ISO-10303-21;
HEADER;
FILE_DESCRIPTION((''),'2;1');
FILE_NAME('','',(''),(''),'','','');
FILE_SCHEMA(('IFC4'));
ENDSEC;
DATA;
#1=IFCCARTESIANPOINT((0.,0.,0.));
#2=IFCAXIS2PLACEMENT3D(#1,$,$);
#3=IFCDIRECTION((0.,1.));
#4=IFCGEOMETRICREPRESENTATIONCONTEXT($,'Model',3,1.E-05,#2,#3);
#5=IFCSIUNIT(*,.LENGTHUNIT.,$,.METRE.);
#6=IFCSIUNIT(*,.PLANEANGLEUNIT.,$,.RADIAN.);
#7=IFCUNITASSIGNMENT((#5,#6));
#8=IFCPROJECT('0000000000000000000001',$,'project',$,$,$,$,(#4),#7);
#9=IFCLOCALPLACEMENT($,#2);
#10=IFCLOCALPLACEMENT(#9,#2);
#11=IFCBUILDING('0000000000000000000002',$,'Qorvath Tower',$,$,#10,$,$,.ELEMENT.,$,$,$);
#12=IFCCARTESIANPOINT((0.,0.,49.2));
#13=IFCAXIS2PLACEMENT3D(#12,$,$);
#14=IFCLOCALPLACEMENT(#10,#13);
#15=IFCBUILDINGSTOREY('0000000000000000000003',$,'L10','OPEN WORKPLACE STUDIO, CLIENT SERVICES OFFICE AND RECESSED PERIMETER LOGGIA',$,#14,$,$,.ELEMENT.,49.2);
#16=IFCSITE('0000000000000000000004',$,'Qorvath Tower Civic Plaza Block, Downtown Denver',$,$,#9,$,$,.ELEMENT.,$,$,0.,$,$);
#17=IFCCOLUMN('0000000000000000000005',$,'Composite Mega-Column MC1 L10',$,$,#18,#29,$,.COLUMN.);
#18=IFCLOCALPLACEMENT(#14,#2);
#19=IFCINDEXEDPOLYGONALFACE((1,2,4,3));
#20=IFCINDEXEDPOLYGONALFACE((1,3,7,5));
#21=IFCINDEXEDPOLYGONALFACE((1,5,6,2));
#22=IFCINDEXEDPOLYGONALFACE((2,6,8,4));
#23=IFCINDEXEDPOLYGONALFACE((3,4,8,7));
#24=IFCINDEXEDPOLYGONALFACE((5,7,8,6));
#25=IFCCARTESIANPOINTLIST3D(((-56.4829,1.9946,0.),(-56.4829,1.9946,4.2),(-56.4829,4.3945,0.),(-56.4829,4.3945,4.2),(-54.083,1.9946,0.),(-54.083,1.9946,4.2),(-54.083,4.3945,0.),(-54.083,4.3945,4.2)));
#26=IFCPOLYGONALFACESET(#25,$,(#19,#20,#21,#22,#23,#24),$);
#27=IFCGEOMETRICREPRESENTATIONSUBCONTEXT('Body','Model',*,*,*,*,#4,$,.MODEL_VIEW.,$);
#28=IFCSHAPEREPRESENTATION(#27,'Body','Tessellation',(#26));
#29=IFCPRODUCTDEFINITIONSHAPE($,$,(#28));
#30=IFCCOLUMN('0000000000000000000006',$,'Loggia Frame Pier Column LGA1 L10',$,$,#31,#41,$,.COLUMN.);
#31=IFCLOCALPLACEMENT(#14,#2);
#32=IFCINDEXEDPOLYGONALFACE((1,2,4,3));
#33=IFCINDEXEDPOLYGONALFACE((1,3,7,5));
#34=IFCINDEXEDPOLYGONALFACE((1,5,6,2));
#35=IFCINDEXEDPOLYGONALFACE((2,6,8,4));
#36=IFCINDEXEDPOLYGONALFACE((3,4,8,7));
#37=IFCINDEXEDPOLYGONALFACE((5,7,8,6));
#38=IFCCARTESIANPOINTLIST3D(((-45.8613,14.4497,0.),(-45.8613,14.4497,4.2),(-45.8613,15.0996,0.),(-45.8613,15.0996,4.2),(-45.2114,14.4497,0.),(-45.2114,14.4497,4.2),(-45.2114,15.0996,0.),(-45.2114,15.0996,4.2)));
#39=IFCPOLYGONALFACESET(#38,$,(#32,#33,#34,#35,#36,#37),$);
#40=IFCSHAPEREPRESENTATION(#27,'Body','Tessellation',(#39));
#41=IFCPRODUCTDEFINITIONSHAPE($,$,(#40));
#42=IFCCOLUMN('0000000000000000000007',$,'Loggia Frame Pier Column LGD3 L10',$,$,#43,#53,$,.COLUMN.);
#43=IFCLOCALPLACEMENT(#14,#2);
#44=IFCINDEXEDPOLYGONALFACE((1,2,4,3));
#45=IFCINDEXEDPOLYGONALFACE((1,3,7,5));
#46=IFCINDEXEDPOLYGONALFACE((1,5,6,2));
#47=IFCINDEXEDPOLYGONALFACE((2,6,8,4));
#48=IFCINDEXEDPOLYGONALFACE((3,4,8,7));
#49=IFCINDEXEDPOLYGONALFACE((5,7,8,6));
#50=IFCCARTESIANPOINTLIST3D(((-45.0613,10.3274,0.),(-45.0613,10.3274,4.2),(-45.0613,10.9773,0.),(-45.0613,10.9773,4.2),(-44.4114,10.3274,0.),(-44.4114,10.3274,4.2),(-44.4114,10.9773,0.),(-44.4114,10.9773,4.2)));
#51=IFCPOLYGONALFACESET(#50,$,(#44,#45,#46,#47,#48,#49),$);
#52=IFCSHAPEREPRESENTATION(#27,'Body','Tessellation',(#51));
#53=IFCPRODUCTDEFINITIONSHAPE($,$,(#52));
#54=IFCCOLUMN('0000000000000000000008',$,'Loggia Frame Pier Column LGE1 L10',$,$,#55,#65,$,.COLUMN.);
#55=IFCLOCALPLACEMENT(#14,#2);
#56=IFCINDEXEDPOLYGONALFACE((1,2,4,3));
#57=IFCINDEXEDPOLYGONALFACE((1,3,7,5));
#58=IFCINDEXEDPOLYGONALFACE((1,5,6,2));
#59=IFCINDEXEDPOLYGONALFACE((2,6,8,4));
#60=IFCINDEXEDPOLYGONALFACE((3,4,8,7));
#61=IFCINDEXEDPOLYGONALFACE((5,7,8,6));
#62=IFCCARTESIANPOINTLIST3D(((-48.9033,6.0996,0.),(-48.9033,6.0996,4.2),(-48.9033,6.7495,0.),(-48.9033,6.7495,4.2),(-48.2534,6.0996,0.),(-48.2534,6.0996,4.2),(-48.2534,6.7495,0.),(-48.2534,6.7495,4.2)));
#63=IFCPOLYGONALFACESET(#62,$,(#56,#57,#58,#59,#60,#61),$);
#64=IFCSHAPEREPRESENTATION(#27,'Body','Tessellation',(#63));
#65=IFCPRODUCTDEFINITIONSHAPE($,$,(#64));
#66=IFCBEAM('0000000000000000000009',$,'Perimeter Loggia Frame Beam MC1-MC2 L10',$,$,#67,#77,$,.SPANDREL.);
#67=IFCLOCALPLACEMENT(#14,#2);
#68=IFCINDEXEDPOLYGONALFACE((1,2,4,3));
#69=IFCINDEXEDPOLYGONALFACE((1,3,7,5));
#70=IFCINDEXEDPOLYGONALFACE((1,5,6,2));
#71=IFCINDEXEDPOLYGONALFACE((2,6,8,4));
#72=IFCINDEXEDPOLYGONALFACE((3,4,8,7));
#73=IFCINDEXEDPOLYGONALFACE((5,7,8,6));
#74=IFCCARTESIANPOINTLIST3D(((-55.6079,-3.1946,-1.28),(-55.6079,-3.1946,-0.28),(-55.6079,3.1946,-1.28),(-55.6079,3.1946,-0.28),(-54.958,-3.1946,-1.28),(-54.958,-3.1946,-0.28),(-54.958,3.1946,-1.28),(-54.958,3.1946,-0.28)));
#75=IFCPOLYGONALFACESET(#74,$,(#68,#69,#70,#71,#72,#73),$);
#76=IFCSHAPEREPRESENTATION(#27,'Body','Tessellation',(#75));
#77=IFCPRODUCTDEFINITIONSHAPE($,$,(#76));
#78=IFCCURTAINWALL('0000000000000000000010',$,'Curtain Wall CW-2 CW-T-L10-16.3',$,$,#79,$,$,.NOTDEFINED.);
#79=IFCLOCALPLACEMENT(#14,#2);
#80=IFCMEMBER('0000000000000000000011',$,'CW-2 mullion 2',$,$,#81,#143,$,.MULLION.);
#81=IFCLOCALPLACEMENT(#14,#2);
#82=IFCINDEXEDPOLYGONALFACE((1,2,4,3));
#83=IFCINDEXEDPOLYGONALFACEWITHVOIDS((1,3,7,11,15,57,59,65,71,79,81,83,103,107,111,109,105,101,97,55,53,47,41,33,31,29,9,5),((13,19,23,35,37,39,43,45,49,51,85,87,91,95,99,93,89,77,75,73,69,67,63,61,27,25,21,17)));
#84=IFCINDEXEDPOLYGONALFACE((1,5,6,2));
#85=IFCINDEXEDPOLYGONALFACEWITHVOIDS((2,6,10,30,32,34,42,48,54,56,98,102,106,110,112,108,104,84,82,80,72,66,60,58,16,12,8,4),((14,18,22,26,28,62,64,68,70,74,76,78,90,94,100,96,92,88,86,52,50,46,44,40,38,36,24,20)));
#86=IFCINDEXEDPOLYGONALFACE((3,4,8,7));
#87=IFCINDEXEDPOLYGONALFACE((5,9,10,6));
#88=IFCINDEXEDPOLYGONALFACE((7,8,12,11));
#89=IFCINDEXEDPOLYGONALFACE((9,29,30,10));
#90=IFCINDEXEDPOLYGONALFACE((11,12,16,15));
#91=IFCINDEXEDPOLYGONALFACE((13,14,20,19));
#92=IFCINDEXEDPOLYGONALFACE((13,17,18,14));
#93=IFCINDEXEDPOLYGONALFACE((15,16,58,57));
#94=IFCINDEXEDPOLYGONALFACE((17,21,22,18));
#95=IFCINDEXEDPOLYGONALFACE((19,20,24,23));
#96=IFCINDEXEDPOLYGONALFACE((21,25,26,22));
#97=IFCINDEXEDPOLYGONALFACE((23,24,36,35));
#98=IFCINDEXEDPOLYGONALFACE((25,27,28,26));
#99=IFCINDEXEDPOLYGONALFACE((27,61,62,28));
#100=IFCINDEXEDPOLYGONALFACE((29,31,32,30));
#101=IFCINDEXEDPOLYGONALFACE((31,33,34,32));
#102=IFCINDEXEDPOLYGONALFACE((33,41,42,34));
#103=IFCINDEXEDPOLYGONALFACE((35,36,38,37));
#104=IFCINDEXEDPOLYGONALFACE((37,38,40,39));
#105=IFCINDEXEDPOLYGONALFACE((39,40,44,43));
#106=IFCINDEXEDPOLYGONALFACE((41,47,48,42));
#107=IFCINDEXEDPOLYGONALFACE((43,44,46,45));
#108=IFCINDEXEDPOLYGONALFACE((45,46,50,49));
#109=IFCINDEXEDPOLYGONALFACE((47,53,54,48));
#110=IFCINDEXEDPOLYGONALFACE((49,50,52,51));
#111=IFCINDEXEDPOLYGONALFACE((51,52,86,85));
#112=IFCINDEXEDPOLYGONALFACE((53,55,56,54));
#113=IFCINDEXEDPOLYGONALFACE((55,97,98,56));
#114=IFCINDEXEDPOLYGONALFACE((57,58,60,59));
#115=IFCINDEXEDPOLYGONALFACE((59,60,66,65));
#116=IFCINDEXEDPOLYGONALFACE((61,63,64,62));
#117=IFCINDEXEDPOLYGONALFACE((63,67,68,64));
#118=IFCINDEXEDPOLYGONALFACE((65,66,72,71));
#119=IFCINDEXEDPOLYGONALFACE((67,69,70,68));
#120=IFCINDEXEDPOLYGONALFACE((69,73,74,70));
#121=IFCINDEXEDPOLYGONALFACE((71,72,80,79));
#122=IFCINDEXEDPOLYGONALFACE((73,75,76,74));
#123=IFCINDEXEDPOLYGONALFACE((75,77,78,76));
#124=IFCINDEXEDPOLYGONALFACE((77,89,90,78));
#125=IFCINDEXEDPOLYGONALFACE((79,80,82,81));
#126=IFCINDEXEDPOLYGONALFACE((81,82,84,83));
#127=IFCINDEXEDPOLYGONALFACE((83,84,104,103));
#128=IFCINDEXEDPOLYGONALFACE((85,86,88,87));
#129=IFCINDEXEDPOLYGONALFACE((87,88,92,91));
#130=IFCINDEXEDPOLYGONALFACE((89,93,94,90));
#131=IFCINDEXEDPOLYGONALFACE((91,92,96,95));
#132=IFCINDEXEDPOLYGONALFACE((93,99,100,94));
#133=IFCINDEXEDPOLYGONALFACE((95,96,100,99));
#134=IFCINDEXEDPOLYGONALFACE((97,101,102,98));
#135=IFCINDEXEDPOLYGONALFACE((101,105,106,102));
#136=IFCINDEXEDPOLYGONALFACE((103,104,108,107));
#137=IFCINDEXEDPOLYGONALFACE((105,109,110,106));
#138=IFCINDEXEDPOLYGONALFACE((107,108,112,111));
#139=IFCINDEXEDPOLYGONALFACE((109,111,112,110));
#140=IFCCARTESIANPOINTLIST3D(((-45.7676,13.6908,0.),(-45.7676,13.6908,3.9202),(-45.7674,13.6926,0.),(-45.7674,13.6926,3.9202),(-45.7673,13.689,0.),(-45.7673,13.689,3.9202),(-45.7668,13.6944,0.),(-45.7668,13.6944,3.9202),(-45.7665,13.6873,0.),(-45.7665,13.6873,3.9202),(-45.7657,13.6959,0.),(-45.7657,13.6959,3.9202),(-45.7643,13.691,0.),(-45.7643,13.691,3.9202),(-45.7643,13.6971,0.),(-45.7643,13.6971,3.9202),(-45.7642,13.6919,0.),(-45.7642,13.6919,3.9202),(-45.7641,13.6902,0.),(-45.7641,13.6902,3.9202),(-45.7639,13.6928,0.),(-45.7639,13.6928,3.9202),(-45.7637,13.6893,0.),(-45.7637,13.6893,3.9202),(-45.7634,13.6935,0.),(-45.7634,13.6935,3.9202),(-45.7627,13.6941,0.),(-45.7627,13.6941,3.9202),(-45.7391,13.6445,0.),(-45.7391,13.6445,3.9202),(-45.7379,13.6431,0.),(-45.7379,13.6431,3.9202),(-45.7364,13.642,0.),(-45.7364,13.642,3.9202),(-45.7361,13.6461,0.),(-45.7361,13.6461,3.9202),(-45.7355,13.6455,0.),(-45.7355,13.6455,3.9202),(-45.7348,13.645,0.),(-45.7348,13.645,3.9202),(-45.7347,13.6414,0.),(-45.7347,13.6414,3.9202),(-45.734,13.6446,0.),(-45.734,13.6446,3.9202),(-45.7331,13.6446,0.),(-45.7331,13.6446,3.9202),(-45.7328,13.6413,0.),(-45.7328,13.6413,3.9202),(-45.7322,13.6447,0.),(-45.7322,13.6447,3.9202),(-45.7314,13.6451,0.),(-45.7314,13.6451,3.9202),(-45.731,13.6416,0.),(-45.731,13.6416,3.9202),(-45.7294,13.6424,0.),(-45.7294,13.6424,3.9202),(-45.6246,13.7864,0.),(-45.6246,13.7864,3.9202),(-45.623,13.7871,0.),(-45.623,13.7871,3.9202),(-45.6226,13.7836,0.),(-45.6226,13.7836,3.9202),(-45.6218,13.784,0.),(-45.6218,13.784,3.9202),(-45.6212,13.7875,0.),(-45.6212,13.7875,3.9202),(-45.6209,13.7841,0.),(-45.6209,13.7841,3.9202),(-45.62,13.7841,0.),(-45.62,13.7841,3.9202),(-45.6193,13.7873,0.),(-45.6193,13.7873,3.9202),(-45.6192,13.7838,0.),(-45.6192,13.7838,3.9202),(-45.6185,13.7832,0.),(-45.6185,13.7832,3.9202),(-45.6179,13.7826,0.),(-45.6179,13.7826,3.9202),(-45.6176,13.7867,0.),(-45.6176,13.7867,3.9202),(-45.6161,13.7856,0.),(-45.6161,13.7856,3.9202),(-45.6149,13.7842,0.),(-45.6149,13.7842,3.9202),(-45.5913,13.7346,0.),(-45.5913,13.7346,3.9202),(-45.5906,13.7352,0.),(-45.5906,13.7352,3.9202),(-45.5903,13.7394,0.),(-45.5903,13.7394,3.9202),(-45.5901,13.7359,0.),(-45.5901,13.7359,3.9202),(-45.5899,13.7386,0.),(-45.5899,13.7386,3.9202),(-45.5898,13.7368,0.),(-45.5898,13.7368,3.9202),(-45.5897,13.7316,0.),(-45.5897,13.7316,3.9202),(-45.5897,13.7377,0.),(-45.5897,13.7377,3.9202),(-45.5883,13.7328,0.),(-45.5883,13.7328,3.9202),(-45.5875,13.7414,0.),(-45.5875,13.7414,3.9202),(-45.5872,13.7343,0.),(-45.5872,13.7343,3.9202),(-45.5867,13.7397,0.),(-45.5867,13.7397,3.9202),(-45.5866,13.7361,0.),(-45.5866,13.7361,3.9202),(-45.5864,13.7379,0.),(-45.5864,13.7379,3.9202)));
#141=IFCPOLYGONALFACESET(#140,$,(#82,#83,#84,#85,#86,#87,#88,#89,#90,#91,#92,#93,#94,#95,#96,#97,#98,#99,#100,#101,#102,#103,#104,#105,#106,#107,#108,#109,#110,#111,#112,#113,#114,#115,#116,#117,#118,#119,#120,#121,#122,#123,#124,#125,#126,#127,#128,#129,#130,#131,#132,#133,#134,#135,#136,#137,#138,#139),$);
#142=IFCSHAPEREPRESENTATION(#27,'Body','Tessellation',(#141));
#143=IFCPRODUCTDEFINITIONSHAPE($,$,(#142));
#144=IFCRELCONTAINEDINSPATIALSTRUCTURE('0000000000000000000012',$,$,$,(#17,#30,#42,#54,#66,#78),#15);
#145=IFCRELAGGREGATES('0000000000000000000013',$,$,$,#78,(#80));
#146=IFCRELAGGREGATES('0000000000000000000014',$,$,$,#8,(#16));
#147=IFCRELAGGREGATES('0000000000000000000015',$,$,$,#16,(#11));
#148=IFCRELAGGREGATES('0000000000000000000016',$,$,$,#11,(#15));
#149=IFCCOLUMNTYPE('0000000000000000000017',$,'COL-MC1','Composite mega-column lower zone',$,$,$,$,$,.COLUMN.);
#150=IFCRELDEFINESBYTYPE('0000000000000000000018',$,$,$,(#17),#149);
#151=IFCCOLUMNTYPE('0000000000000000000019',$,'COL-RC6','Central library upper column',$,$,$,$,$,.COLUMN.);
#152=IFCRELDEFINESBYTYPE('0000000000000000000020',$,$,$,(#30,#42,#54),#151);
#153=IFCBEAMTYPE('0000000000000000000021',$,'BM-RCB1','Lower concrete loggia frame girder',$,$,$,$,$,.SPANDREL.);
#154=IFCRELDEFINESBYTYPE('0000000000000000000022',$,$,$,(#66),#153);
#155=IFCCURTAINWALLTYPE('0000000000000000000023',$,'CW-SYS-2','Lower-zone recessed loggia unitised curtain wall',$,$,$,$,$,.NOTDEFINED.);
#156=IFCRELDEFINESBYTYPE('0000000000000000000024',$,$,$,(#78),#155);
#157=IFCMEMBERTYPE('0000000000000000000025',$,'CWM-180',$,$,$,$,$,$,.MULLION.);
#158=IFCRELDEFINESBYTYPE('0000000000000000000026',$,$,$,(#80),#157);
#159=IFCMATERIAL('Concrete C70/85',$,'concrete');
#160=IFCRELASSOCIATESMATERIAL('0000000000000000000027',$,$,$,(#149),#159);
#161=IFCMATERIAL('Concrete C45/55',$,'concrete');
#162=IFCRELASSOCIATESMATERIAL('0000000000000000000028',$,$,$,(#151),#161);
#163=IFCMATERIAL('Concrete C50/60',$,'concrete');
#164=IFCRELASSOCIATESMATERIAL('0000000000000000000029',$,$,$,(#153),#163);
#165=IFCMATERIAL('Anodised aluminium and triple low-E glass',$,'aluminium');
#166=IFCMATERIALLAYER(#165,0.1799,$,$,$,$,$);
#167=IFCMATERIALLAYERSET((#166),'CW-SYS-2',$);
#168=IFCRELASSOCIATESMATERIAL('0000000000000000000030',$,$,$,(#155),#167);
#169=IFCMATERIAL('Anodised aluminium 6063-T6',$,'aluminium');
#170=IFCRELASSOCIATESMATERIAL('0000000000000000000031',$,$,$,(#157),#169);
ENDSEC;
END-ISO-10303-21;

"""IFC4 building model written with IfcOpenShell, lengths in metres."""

from ifc_helpers import new_model, si_unit, direction, frame, origin, origin_2d, place, context, subcontext, project, spatial, rectangle, hollow_rectangle, extrude, material, layer, layer_set, material_profile, profile_set, type_object, element, aggregate, save


model = new_model("IFC4")

# Units and contexts
model_context = context("Model", 3, precision=1e-05, world=origin(), true_north=direction((0.0, 1.0)))
body_context = subcontext(model_context, "Body", "Model", "MODEL_VIEW")
ifc_project = project(units=[si_unit("LENGTHUNIT", "METRE"), si_unit("PLANEANGLEUNIT", "RADIAN")], contexts=[model_context])

# Site, building, storey
site_placement = place(None, origin())
site = spatial("IfcSite", under=ifc_project, at=site_placement, Name="Qorvath Tower Civic Plaza Block, Downtown Denver", CompositionType="ELEMENT", RefElevation=0.0)
building_placement = place(site_placement, origin())
building = spatial("IfcBuilding", under=site, at=building_placement, Name="Qorvath Tower", CompositionType="ELEMENT")
storey_placement = place(building_placement, frame((0.0, 0.0, 49.2)))
storey = spatial("IfcBuildingStorey", under=building, at=storey_placement, Name="L10", Description="OPEN WORKPLACE STUDIO, CLIENT SERVICES OFFICE AND RECESSED PERIMETER LOGGIA", CompositionType="ELEMENT", Elevation=49.2)

# Columns
ifc_material_1 = material(Name="Concrete C70/85", Category="concrete")
ifc_material_profile_1 = material_profile(ifc_material_1, rectangle(XDim=2.3999, YDim=2.3999, at=origin_2d()), Name="MC 2400x2400")
ifc_profile_set_1 = profile_set([ifc_material_profile_1], Name="Concrete C70/85")
column_type_1 = type_object("IfcColumnType", Name="COL-MC1", Description="Composite mega-column lower zone", PredefinedType="COLUMN", material=ifc_profile_set_1)
column_placement = place(storey_placement, frame((-55.283, 3.1946, 0.0), z_axis=(0.0, 0.0, 1.0), x_axis=(1.0, 0.0, 0.0)))
element("IfcColumn", 1, at=column_placement, inside=storey, type_object=column_type_1, Name="Composite Mega-Column MC1 L10", PredefinedType="COLUMN", context=body_context, shape_type="SweptSolid", body=[
    extrude(rectangle(XDim=2.3999, YDim=2.3999, at=origin_2d()), origin(), (0.0, 0.0, 1.0), 4.2),
])
ifc_material_2 = material(Name="Concrete C45/55", Category="concrete")
ifc_material_profile_2 = material_profile(ifc_material_2, rectangle(XDim=0.6499, YDim=0.6499, at=origin_2d()), Name="RC 650x650")
ifc_profile_set_2 = profile_set([ifc_material_profile_2], Name="Concrete C45/55")
column_type_2 = type_object("IfcColumnType", Name="COL-RC6", Description="Central library upper column", PredefinedType="COLUMN", material=ifc_profile_set_2)
for number, where, z_axis, x_axis, name in (
    (2, (-45.5364, 14.7747, 0.0), (0.0, 0.0, 1.0), (1.0, 0.0, 0.0), "Loggia Frame Pier Column LGA1 L10"),
    (3, (-44.7363, 10.6523, 0.0), (0.0, 0.0, 1.0), (1.0, 0.0, 0.0), "Loggia Frame Pier Column LGD3 L10"),
    (4, (-48.5784, 6.4246, 0.0), (0.0, 0.0, 1.0), (1.0, 0.0, 0.0), "Loggia Frame Pier Column LGE1 L10"),
):
    element("IfcColumn", number, at=place(storey_placement, frame(where, z_axis=z_axis, x_axis=x_axis)), inside=storey, type_object=column_type_2, Name=name, PredefinedType="COLUMN", context=body_context, shape_type="SweptSolid", body=[
        extrude(rectangle(XDim=0.6499, YDim=0.6499, at=origin_2d()), origin(), (0.0, 0.0, 1.0), 4.2),
    ])

# Beam
ifc_material_3 = material(Name="Concrete C50/60", Category="concrete")
ifc_material_profile_3 = material_profile(ifc_material_3, rectangle(XDim=0.6499, YDim=1.0, at=origin_2d()), Name="RCB 1000x650")
ifc_profile_set_3 = profile_set([ifc_material_profile_3], Name="Concrete C50/60")
beam_type = type_object("IfcBeamType", Name="BM-RCB1", Description="Lower concrete loggia frame girder", PredefinedType="SPANDREL", material=ifc_profile_set_3)
beam_placement = place(storey_placement, frame((-55.283, 3.1946, -0.78), z_axis=(0.0, -1.0, 0.0), x_axis=(1.0, 0.0, 0.0)))
element("IfcBeam", 5, at=beam_placement, inside=storey, type_object=beam_type, Name="Perimeter Loggia Frame Beam MC1-MC2 L10", PredefinedType="SPANDREL", context=body_context, shape_type="SweptSolid", body=[
    extrude(rectangle(XDim=0.6499, YDim=1.0, at=origin_2d()), origin(), (0.0, 0.0, 1.0), 6.3892),
])

# Curtain wall, member
ifc_material_4 = material(Name="Anodised aluminium and triple low-E glass", Category="aluminium")
ifc_layer_1 = layer(ifc_material_4, 0.1799)
ifc_layer_set_1 = layer_set([ifc_layer_1], Name="CW-SYS-2")
curtain_wall_type = type_object("IfcCurtainWallType", Name="CW-SYS-2", Description="Lower-zone recessed loggia unitised curtain wall", PredefinedType="NOTDEFINED", material=ifc_layer_set_1)
curtain_wall_placement = place(storey_placement, origin())
curtain_wall = element("IfcCurtainWall", 6, at=curtain_wall_placement, inside=storey, type_object=curtain_wall_type, Name="Curtain Wall CW-2 CW-T-L10-16.3", PredefinedType="NOTDEFINED")
ifc_material_5 = material(Name="Anodised aluminium 6063-T6", Category="aluminium")
ifc_material_profile_4 = material_profile(ifc_material_5, hollow_rectangle(XDim=0.0649, YDim=0.1799, WallThickness=0.0034, InnerFilletRadius=0.0034, OuterFilletRadius=0.0071, at=origin_2d()), Name="CWM 180x65")
ifc_profile_set_4 = profile_set([ifc_material_profile_4], Name="Anodised aluminium 6063-T6")
member_type_1 = type_object("IfcMemberType", Name="CWM-180", PredefinedType="MULLION", material=ifc_profile_set_4)
member_1_placement = place(storey_placement, frame((-45.677, 13.7144, 0.0), z_axis=(0.0, 0.0, 1.0), x_axis=(0.538532, -0.842605, 0.0)))
member_1 = element("IfcMember", 7, at=member_1_placement, type_object=member_type_1, Name="CW-2 mullion 2", PredefinedType="MULLION", context=body_context, shape_type="SweptSolid", body=[
    extrude(hollow_rectangle(XDim=0.0649, YDim=0.1799, WallThickness=0.0034, InnerFilletRadius=0.0034, OuterFilletRadius=0.0071, at=origin_2d()), origin(), (0.0, 0.0, 1.0), 3.9202),
])

aggregate(curtain_wall, [member_1])

save(model, "model.ifc")
